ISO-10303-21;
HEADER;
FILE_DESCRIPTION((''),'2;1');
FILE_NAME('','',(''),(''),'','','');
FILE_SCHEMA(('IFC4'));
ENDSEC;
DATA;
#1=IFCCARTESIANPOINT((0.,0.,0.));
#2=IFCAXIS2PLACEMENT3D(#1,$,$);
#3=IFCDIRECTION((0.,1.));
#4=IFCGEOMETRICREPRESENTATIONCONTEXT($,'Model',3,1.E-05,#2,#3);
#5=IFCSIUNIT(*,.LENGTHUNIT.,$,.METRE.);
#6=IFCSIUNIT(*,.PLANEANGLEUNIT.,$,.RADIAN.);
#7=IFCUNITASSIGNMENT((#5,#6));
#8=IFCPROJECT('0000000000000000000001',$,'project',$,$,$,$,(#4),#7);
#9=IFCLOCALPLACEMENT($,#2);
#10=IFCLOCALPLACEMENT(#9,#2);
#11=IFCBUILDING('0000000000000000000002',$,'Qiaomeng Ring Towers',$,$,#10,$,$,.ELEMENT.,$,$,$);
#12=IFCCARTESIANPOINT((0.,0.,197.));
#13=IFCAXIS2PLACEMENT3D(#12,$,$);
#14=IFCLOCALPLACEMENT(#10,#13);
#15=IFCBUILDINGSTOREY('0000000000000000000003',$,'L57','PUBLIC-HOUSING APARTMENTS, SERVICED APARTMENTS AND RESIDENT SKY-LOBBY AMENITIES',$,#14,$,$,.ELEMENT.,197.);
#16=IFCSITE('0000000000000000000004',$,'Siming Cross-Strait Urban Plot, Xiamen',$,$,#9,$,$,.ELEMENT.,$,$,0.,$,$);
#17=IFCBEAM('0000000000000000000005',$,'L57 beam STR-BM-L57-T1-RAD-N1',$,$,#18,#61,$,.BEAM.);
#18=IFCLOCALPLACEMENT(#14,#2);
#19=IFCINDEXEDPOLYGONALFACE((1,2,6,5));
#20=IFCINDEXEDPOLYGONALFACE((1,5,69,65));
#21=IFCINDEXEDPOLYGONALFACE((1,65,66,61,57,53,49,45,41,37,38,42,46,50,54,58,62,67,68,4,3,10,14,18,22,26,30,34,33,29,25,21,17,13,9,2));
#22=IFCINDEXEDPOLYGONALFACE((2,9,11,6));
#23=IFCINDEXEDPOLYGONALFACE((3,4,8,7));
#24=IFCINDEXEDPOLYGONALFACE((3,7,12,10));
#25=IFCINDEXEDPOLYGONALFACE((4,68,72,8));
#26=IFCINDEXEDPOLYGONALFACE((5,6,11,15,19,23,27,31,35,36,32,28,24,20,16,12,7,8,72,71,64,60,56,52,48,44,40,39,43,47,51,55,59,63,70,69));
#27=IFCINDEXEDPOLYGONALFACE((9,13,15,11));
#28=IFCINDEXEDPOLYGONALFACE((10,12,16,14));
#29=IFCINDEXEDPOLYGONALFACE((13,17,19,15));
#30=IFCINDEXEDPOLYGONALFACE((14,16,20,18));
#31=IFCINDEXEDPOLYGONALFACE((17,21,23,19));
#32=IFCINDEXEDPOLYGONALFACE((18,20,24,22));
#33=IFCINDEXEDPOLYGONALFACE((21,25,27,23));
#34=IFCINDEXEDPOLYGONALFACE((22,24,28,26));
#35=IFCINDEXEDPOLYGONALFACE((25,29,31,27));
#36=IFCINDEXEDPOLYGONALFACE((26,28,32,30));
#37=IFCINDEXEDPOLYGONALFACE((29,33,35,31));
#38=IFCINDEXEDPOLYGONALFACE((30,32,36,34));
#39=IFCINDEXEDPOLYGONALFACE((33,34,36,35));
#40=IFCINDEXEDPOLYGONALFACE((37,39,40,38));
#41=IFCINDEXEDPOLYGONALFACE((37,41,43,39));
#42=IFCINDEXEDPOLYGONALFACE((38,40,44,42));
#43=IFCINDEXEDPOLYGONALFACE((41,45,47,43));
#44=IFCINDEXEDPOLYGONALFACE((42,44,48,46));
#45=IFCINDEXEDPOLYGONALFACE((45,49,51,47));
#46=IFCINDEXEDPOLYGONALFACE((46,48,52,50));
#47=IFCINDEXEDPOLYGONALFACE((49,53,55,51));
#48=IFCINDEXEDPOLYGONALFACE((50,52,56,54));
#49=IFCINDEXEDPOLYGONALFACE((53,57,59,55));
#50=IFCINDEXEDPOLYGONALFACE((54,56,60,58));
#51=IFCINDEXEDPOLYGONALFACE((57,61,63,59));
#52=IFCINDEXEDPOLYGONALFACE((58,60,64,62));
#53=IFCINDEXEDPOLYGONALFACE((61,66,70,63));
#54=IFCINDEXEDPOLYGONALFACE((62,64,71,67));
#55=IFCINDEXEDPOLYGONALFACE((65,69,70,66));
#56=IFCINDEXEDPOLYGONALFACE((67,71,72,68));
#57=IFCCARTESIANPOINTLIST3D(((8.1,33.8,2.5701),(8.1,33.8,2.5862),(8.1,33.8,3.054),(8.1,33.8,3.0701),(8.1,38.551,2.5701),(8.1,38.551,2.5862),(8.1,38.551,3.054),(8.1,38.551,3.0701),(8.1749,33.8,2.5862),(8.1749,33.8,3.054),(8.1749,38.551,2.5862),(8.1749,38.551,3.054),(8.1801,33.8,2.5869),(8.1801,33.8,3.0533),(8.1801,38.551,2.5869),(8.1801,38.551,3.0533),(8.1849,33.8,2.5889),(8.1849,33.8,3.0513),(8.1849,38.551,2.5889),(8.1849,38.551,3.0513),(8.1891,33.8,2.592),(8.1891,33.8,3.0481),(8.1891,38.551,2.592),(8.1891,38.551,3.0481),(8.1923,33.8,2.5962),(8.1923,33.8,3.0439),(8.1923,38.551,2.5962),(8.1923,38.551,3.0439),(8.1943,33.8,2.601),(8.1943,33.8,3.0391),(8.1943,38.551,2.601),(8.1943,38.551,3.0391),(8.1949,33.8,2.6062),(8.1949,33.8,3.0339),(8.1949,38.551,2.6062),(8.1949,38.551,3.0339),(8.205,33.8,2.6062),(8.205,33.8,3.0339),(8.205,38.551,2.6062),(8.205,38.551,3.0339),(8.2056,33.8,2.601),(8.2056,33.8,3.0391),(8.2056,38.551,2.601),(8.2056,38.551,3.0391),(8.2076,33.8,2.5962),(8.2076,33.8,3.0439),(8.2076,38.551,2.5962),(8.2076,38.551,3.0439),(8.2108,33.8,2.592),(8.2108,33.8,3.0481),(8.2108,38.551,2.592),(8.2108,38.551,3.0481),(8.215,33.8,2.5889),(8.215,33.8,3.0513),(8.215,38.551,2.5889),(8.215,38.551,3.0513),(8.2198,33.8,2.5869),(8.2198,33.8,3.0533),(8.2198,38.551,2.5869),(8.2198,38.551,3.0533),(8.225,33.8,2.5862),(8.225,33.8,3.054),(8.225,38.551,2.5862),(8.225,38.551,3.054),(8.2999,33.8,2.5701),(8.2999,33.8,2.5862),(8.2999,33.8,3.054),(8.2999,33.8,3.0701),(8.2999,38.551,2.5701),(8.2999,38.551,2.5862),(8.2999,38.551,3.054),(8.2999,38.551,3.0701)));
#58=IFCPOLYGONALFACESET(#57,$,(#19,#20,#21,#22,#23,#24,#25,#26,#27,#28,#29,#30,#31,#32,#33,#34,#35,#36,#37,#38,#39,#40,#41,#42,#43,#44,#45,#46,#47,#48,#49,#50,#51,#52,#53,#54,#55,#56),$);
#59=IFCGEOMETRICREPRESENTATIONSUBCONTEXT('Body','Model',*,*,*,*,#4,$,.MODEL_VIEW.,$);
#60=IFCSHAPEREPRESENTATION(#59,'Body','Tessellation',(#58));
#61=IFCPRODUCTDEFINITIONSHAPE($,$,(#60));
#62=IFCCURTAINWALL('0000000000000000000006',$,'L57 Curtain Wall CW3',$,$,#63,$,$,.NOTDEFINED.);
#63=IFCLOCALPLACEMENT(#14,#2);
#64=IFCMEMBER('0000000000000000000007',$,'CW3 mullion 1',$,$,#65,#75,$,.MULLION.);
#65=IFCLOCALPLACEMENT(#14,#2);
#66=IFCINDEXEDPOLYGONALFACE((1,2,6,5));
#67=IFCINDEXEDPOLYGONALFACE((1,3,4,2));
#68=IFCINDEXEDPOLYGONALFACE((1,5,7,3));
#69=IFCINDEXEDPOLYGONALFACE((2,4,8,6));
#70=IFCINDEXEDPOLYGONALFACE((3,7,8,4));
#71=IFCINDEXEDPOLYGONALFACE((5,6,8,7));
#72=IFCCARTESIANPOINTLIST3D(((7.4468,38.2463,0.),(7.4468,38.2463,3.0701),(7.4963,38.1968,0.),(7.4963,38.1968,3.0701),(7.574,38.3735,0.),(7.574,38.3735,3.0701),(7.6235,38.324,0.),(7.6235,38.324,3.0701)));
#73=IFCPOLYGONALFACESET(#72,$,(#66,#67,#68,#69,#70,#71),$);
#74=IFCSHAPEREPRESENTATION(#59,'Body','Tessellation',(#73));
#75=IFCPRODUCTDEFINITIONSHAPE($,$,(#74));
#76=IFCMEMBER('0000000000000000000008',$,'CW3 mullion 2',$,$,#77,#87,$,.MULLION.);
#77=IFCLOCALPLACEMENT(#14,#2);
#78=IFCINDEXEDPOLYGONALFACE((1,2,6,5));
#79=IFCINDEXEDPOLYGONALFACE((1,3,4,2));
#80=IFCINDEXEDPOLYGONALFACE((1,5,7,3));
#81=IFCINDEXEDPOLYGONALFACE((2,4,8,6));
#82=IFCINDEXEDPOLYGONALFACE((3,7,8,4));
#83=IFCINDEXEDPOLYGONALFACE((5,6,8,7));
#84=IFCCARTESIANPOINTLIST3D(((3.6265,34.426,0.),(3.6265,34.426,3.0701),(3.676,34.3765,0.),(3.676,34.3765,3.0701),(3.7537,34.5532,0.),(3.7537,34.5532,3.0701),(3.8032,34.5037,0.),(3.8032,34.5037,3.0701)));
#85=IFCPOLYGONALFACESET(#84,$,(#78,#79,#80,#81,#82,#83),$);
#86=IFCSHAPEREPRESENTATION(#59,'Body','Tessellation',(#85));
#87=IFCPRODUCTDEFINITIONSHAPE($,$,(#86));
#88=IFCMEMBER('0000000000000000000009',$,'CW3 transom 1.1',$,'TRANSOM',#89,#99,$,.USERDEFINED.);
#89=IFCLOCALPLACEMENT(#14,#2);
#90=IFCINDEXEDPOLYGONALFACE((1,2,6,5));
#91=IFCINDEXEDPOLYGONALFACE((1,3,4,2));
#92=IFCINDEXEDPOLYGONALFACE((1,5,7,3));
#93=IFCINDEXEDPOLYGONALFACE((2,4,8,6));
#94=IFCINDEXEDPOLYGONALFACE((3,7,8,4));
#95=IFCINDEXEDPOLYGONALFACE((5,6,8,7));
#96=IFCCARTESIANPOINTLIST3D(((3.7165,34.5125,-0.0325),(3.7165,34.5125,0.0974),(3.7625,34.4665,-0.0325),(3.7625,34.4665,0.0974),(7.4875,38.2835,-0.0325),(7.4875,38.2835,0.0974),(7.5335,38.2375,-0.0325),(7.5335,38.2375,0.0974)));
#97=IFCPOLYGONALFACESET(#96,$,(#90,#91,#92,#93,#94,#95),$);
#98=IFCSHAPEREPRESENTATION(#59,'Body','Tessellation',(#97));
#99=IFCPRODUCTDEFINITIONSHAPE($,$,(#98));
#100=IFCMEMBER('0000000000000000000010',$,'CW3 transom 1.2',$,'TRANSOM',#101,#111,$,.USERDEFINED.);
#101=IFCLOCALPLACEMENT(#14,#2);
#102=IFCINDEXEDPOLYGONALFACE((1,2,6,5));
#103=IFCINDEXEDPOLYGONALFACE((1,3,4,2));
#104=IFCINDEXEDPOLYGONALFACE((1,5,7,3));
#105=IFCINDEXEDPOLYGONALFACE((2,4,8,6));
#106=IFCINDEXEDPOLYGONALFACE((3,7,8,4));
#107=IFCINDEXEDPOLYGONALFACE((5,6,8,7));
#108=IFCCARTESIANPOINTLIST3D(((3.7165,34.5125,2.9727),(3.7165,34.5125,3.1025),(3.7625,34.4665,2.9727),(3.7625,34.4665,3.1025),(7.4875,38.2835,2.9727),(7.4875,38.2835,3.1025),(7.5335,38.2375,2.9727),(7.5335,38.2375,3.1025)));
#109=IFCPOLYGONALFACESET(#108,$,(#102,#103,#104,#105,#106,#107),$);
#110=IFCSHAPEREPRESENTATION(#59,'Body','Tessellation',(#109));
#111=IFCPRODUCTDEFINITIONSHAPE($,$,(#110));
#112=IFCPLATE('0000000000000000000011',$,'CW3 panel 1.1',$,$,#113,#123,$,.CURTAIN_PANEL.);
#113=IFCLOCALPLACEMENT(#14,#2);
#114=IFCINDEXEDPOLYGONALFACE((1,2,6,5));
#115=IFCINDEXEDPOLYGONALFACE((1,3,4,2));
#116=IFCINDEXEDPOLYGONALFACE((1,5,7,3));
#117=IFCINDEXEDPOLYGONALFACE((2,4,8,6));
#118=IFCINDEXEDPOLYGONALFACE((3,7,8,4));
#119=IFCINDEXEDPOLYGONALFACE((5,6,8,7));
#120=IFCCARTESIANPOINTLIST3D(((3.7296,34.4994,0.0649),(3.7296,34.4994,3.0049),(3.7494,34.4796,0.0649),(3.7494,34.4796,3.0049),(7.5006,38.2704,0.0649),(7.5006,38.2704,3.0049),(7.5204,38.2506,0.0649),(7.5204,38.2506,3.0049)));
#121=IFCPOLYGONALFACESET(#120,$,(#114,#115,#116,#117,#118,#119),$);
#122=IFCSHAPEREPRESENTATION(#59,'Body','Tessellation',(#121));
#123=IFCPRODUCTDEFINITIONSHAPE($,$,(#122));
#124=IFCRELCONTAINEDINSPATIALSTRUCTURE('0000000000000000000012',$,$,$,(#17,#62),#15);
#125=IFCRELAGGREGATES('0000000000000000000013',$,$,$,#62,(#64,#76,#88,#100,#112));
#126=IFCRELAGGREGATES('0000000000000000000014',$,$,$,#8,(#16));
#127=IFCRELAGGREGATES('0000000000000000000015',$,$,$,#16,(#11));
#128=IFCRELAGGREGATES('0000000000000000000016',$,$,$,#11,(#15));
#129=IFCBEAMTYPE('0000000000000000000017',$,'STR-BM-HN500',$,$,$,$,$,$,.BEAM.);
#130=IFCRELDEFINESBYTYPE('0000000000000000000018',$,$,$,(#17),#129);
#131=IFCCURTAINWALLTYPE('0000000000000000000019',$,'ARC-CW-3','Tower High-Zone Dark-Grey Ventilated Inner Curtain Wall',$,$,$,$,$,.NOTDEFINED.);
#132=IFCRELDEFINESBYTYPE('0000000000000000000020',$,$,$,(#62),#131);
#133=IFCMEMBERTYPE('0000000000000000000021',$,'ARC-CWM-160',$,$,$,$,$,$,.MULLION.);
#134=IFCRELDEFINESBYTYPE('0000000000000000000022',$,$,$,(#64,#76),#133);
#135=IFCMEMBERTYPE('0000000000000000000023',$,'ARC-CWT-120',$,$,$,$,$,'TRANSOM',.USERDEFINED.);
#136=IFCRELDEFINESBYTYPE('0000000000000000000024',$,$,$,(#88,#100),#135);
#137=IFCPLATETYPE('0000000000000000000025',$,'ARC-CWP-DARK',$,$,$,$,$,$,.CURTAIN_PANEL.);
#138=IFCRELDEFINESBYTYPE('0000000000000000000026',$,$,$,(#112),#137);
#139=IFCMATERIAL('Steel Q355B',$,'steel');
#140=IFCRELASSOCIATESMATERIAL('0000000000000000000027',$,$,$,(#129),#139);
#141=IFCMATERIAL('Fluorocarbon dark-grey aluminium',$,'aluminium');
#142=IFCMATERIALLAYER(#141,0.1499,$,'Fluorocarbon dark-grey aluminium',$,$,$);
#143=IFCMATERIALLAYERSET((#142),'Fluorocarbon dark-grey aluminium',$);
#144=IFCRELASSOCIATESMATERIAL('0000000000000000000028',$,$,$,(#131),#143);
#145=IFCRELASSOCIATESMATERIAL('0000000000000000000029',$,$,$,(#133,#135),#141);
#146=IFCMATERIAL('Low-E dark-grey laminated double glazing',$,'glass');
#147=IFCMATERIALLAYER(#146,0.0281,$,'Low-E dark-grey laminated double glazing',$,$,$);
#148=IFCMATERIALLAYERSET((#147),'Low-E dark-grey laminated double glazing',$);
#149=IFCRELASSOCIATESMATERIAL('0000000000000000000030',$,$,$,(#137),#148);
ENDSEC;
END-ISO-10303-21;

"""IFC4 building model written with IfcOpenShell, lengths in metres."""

from ifc_helpers import new_model, si_unit, direction, frame, origin, origin_2d, place, context, subcontext, project, spatial, rectangle, i_section, extrude, source, transform, mapped, material, layer, layer_set, material_profile, profile_set, type_object, element, aggregate, save


model = new_model("IFC4")

# Units and contexts
model_context = context("Model", 3, precision=1e-05, world=origin(), true_north=direction((0.0, 1.0)))
body_context = subcontext(model_context, "Body", "Model", "MODEL_VIEW")
ifc_project = project(units=[si_unit("LENGTHUNIT", "METRE"), si_unit("PLANEANGLEUNIT", "RADIAN")], contexts=[model_context])

# Site, building, storey
site_placement = place(None, origin())
site = spatial("IfcSite", under=ifc_project, at=site_placement, Name="Siming Cross-Strait Urban Plot, Xiamen", CompositionType="ELEMENT", RefElevation=0.0)
building_placement = place(site_placement, origin())
building = spatial("IfcBuilding", under=site, at=building_placement, Name="Qiaomeng Ring Towers", CompositionType="ELEMENT")
storey_placement = place(building_placement, frame((0.0, 0.0, 197.0)))
storey = spatial("IfcBuildingStorey", under=building, at=storey_placement, Name="L57", Description="PUBLIC-HOUSING APARTMENTS, SERVICED APARTMENTS AND RESIDENT SKY-LOBBY AMENITIES", CompositionType="ELEMENT", Elevation=197.0)

# Beam
ifc_material_1 = material(Name="Steel Q355B", Category="steel")
ifc_material_profile_1 = material_profile(ifc_material_1, i_section(OverallWidth=0.2, OverallDepth=0.5, WebThickness=0.01, FlangeThickness=0.0161, FilletRadius=0.02, at=origin_2d()), Name="HN 500x200x10x16")
ifc_profile_set_1 = profile_set([ifc_material_profile_1], Name="Steel Q355B")
beam_type_1 = type_object("IfcBeamType", Name="STR-BM-HN500", PredefinedType="BEAM", material=ifc_profile_set_1)
shared_shape_1 = source(origin(), body_context, "Body", "SweptSolid", [
    extrude(i_section(OverallWidth=0.2, OverallDepth=0.5, WebThickness=0.01, FlangeThickness=0.0161, FilletRadius=0.02, at=origin_2d()), origin(), (0.0, 0.0, 1.0), 4.751),
])
beam_1_placement = place(storey_placement, frame((8.2, 38.551, 2.8201), z_axis=(0.0, -1.0, 0.0), x_axis=(1.0, 0.0, 0.0)))
element("IfcBeam", 1, at=beam_1_placement, inside=storey, type_object=beam_type_1, Name="L57 beam STR-BM-L57-T1-RAD-N1", PredefinedType="BEAM", context=body_context, shape_type="MappedRepresentation", body=[
    mapped(shared_shape_1, transform((0.0, 0.0, 0.0), x_axis=(1.0, 0.0, 0.0), y_axis=(0.0, 1.0, 0.0), z_axis=(0.0, 0.0, 1.0), scale=1.0)),
])

# Curtain wall, members, plate
ifc_material_2 = material(Name="Fluorocarbon dark-grey aluminium", Category="aluminium")
ifc_layer_1 = layer(ifc_material_2, 0.1499, Name="Fluorocarbon dark-grey aluminium")
ifc_layer_set_1 = layer_set([ifc_layer_1], Name="Fluorocarbon dark-grey aluminium")
curtain_wall_type = type_object("IfcCurtainWallType", Name="ARC-CW-3", Description="Tower High-Zone Dark-Grey Ventilated Inner Curtain Wall", PredefinedType="NOTDEFINED", material=ifc_layer_set_1)
curtain_wall_placement = place(storey_placement, origin())
curtain_wall = element("IfcCurtainWall", 2, at=curtain_wall_placement, inside=storey, type_object=curtain_wall_type, Name="L57 Curtain Wall CW3", PredefinedType="NOTDEFINED")
ifc_material_profile_2 = material_profile(ifc_material_2, rectangle(XDim=0.0701, YDim=0.1799, at=origin_2d()), Name="ALU MULL 70x180")
ifc_profile_set_2 = profile_set([ifc_material_profile_2], Name="Fluorocarbon dark-grey aluminium")
member_type_1 = type_object("IfcMemberType", Name="ARC-CWM-160", PredefinedType="MULLION", material=ifc_profile_set_2)
shared_shape_2 = source(origin(), body_context, "Body", "SweptSolid", [
    extrude(rectangle(XDim=0.0701, YDim=0.1799, at=origin_2d()), origin(), (0.0, 0.0, 1.0), 3.0701),
])
member_1_placement = place(storey_placement, frame((7.5352, 38.2852, 0.0), z_axis=(0.0, 0.0, 1.0), x_axis=(0.707107, -0.707107, 0.0)))
member_1 = element("IfcMember", 3, at=member_1_placement, type_object=member_type_1, Name="CW3 mullion 1", PredefinedType="MULLION", context=body_context, shape_type="MappedRepresentation", body=[
    mapped(shared_shape_2, transform((0.0, 0.0, 0.0), x_axis=(1.0, 0.0, 0.0), y_axis=(0.0, 1.0, 0.0), z_axis=(0.0, 0.0, 1.0), scale=1.0)),
])
member_2_placement = place(storey_placement, frame((3.7148, 34.4648, 0.0), z_axis=(0.0, 0.0, 1.0), x_axis=(0.707107, -0.707107, 0.0)))
member_2 = element("IfcMember", 4, at=member_2_placement, type_object=member_type_1, Name="CW3 mullion 2", PredefinedType="MULLION", context=body_context, shape_type="MappedRepresentation", body=[
    mapped(shared_shape_2, transform((0.0, 0.0, 0.0), x_axis=(1.0, 0.0, 0.0), y_axis=(0.0, 1.0, 0.0), z_axis=(0.0, 0.0, 1.0), scale=1.0)),
])
ifc_material_profile_3 = material_profile(ifc_material_2, rectangle(XDim=0.0649, YDim=0.1299, at=origin_2d()), Name="ALU TRAN 65x130")
ifc_profile_set_3 = profile_set([ifc_material_profile_3], Name="Fluorocarbon dark-grey aluminium")
member_type_2 = type_object("IfcMemberType", Name="ARC-CWT-120", ElementType="TRANSOM", PredefinedType="USERDEFINED", material=ifc_profile_set_3)
shared_shape_3 = source(origin(), body_context, "Body", "SweptSolid", [
    extrude(rectangle(XDim=0.0649, YDim=0.1299, at=origin_2d()), origin(), (0.0, 0.0, 1.0), 5.333),
])
member_3_placement = place(storey_placement, frame((7.5105, 38.2605, 0.0325), z_axis=(-0.707107, -0.707107, 0.0), x_axis=(0.707107, -0.707107, 0.0)))
member_3 = element("IfcMember", 5, at=member_3_placement, type_object=member_type_2, Name="CW3 transom 1.1", ObjectType="TRANSOM", PredefinedType="USERDEFINED", context=body_context, shape_type="MappedRepresentation", body=[
    mapped(shared_shape_3, transform((0.0, 0.0, 0.0), x_axis=(1.0, 0.0, 0.0), y_axis=(0.0, 1.0, 0.0), z_axis=(0.0, 0.0, 1.0), scale=1.0)),
])
member_4_placement = place(storey_placement, frame((7.5105, 38.2605, 3.0376), z_axis=(-0.707107, -0.707107, 0.0), x_axis=(0.707107, -0.707107, 0.0)))
member_4 = element("IfcMember", 6, at=member_4_placement, type_object=member_type_2, Name="CW3 transom 1.2", ObjectType="TRANSOM", PredefinedType="USERDEFINED", context=body_context, shape_type="MappedRepresentation", body=[
    mapped(shared_shape_3, transform((0.0, 0.0, 0.0), x_axis=(1.0, 0.0, 0.0), y_axis=(0.0, 1.0, 0.0), z_axis=(0.0, 0.0, 1.0), scale=1.0)),
])
ifc_material_3 = material(Name="Low-E dark-grey laminated double glazing", Category="glass")
ifc_layer_2 = layer(ifc_material_3, 0.0281, Name="Low-E dark-grey laminated double glazing")
ifc_layer_set_2 = layer_set([ifc_layer_2], Name="Low-E dark-grey laminated double glazing")
plate_type = type_object("IfcPlateType", Name="ARC-CWP-DARK", PredefinedType="CURTAIN_PANEL", material=ifc_layer_set_2)
shared_shape_4 = source(origin(), body_context, "Body", "SweptSolid", [
    extrude(rectangle(XDim=5.333, YDim=0.0281, at=origin_2d()), origin(), (0.0, 0.0, 1.0), 2.9399),
])
plate_placement = place(storey_placement, frame((5.625, 36.375, 0.0649), z_axis=(0.0, 0.0, 1.0), x_axis=(-0.707107, -0.707107, 0.0)))
plate = element("IfcPlate", 7, at=plate_placement, type_object=plate_type, Name="CW3 panel 1.1", PredefinedType="CURTAIN_PANEL", context=body_context, shape_type="MappedRepresentation", body=[
    mapped(shared_shape_4, transform((0.0, 0.0, 0.0), x_axis=(1.0, 0.0, 0.0), y_axis=(0.0, 1.0, 0.0), z_axis=(0.0, 0.0, 1.0), scale=1.0)),
])
aggregate(curtain_wall, [member_1, member_2, member_3, member_4, plate])

save(model, "model.ifc")
